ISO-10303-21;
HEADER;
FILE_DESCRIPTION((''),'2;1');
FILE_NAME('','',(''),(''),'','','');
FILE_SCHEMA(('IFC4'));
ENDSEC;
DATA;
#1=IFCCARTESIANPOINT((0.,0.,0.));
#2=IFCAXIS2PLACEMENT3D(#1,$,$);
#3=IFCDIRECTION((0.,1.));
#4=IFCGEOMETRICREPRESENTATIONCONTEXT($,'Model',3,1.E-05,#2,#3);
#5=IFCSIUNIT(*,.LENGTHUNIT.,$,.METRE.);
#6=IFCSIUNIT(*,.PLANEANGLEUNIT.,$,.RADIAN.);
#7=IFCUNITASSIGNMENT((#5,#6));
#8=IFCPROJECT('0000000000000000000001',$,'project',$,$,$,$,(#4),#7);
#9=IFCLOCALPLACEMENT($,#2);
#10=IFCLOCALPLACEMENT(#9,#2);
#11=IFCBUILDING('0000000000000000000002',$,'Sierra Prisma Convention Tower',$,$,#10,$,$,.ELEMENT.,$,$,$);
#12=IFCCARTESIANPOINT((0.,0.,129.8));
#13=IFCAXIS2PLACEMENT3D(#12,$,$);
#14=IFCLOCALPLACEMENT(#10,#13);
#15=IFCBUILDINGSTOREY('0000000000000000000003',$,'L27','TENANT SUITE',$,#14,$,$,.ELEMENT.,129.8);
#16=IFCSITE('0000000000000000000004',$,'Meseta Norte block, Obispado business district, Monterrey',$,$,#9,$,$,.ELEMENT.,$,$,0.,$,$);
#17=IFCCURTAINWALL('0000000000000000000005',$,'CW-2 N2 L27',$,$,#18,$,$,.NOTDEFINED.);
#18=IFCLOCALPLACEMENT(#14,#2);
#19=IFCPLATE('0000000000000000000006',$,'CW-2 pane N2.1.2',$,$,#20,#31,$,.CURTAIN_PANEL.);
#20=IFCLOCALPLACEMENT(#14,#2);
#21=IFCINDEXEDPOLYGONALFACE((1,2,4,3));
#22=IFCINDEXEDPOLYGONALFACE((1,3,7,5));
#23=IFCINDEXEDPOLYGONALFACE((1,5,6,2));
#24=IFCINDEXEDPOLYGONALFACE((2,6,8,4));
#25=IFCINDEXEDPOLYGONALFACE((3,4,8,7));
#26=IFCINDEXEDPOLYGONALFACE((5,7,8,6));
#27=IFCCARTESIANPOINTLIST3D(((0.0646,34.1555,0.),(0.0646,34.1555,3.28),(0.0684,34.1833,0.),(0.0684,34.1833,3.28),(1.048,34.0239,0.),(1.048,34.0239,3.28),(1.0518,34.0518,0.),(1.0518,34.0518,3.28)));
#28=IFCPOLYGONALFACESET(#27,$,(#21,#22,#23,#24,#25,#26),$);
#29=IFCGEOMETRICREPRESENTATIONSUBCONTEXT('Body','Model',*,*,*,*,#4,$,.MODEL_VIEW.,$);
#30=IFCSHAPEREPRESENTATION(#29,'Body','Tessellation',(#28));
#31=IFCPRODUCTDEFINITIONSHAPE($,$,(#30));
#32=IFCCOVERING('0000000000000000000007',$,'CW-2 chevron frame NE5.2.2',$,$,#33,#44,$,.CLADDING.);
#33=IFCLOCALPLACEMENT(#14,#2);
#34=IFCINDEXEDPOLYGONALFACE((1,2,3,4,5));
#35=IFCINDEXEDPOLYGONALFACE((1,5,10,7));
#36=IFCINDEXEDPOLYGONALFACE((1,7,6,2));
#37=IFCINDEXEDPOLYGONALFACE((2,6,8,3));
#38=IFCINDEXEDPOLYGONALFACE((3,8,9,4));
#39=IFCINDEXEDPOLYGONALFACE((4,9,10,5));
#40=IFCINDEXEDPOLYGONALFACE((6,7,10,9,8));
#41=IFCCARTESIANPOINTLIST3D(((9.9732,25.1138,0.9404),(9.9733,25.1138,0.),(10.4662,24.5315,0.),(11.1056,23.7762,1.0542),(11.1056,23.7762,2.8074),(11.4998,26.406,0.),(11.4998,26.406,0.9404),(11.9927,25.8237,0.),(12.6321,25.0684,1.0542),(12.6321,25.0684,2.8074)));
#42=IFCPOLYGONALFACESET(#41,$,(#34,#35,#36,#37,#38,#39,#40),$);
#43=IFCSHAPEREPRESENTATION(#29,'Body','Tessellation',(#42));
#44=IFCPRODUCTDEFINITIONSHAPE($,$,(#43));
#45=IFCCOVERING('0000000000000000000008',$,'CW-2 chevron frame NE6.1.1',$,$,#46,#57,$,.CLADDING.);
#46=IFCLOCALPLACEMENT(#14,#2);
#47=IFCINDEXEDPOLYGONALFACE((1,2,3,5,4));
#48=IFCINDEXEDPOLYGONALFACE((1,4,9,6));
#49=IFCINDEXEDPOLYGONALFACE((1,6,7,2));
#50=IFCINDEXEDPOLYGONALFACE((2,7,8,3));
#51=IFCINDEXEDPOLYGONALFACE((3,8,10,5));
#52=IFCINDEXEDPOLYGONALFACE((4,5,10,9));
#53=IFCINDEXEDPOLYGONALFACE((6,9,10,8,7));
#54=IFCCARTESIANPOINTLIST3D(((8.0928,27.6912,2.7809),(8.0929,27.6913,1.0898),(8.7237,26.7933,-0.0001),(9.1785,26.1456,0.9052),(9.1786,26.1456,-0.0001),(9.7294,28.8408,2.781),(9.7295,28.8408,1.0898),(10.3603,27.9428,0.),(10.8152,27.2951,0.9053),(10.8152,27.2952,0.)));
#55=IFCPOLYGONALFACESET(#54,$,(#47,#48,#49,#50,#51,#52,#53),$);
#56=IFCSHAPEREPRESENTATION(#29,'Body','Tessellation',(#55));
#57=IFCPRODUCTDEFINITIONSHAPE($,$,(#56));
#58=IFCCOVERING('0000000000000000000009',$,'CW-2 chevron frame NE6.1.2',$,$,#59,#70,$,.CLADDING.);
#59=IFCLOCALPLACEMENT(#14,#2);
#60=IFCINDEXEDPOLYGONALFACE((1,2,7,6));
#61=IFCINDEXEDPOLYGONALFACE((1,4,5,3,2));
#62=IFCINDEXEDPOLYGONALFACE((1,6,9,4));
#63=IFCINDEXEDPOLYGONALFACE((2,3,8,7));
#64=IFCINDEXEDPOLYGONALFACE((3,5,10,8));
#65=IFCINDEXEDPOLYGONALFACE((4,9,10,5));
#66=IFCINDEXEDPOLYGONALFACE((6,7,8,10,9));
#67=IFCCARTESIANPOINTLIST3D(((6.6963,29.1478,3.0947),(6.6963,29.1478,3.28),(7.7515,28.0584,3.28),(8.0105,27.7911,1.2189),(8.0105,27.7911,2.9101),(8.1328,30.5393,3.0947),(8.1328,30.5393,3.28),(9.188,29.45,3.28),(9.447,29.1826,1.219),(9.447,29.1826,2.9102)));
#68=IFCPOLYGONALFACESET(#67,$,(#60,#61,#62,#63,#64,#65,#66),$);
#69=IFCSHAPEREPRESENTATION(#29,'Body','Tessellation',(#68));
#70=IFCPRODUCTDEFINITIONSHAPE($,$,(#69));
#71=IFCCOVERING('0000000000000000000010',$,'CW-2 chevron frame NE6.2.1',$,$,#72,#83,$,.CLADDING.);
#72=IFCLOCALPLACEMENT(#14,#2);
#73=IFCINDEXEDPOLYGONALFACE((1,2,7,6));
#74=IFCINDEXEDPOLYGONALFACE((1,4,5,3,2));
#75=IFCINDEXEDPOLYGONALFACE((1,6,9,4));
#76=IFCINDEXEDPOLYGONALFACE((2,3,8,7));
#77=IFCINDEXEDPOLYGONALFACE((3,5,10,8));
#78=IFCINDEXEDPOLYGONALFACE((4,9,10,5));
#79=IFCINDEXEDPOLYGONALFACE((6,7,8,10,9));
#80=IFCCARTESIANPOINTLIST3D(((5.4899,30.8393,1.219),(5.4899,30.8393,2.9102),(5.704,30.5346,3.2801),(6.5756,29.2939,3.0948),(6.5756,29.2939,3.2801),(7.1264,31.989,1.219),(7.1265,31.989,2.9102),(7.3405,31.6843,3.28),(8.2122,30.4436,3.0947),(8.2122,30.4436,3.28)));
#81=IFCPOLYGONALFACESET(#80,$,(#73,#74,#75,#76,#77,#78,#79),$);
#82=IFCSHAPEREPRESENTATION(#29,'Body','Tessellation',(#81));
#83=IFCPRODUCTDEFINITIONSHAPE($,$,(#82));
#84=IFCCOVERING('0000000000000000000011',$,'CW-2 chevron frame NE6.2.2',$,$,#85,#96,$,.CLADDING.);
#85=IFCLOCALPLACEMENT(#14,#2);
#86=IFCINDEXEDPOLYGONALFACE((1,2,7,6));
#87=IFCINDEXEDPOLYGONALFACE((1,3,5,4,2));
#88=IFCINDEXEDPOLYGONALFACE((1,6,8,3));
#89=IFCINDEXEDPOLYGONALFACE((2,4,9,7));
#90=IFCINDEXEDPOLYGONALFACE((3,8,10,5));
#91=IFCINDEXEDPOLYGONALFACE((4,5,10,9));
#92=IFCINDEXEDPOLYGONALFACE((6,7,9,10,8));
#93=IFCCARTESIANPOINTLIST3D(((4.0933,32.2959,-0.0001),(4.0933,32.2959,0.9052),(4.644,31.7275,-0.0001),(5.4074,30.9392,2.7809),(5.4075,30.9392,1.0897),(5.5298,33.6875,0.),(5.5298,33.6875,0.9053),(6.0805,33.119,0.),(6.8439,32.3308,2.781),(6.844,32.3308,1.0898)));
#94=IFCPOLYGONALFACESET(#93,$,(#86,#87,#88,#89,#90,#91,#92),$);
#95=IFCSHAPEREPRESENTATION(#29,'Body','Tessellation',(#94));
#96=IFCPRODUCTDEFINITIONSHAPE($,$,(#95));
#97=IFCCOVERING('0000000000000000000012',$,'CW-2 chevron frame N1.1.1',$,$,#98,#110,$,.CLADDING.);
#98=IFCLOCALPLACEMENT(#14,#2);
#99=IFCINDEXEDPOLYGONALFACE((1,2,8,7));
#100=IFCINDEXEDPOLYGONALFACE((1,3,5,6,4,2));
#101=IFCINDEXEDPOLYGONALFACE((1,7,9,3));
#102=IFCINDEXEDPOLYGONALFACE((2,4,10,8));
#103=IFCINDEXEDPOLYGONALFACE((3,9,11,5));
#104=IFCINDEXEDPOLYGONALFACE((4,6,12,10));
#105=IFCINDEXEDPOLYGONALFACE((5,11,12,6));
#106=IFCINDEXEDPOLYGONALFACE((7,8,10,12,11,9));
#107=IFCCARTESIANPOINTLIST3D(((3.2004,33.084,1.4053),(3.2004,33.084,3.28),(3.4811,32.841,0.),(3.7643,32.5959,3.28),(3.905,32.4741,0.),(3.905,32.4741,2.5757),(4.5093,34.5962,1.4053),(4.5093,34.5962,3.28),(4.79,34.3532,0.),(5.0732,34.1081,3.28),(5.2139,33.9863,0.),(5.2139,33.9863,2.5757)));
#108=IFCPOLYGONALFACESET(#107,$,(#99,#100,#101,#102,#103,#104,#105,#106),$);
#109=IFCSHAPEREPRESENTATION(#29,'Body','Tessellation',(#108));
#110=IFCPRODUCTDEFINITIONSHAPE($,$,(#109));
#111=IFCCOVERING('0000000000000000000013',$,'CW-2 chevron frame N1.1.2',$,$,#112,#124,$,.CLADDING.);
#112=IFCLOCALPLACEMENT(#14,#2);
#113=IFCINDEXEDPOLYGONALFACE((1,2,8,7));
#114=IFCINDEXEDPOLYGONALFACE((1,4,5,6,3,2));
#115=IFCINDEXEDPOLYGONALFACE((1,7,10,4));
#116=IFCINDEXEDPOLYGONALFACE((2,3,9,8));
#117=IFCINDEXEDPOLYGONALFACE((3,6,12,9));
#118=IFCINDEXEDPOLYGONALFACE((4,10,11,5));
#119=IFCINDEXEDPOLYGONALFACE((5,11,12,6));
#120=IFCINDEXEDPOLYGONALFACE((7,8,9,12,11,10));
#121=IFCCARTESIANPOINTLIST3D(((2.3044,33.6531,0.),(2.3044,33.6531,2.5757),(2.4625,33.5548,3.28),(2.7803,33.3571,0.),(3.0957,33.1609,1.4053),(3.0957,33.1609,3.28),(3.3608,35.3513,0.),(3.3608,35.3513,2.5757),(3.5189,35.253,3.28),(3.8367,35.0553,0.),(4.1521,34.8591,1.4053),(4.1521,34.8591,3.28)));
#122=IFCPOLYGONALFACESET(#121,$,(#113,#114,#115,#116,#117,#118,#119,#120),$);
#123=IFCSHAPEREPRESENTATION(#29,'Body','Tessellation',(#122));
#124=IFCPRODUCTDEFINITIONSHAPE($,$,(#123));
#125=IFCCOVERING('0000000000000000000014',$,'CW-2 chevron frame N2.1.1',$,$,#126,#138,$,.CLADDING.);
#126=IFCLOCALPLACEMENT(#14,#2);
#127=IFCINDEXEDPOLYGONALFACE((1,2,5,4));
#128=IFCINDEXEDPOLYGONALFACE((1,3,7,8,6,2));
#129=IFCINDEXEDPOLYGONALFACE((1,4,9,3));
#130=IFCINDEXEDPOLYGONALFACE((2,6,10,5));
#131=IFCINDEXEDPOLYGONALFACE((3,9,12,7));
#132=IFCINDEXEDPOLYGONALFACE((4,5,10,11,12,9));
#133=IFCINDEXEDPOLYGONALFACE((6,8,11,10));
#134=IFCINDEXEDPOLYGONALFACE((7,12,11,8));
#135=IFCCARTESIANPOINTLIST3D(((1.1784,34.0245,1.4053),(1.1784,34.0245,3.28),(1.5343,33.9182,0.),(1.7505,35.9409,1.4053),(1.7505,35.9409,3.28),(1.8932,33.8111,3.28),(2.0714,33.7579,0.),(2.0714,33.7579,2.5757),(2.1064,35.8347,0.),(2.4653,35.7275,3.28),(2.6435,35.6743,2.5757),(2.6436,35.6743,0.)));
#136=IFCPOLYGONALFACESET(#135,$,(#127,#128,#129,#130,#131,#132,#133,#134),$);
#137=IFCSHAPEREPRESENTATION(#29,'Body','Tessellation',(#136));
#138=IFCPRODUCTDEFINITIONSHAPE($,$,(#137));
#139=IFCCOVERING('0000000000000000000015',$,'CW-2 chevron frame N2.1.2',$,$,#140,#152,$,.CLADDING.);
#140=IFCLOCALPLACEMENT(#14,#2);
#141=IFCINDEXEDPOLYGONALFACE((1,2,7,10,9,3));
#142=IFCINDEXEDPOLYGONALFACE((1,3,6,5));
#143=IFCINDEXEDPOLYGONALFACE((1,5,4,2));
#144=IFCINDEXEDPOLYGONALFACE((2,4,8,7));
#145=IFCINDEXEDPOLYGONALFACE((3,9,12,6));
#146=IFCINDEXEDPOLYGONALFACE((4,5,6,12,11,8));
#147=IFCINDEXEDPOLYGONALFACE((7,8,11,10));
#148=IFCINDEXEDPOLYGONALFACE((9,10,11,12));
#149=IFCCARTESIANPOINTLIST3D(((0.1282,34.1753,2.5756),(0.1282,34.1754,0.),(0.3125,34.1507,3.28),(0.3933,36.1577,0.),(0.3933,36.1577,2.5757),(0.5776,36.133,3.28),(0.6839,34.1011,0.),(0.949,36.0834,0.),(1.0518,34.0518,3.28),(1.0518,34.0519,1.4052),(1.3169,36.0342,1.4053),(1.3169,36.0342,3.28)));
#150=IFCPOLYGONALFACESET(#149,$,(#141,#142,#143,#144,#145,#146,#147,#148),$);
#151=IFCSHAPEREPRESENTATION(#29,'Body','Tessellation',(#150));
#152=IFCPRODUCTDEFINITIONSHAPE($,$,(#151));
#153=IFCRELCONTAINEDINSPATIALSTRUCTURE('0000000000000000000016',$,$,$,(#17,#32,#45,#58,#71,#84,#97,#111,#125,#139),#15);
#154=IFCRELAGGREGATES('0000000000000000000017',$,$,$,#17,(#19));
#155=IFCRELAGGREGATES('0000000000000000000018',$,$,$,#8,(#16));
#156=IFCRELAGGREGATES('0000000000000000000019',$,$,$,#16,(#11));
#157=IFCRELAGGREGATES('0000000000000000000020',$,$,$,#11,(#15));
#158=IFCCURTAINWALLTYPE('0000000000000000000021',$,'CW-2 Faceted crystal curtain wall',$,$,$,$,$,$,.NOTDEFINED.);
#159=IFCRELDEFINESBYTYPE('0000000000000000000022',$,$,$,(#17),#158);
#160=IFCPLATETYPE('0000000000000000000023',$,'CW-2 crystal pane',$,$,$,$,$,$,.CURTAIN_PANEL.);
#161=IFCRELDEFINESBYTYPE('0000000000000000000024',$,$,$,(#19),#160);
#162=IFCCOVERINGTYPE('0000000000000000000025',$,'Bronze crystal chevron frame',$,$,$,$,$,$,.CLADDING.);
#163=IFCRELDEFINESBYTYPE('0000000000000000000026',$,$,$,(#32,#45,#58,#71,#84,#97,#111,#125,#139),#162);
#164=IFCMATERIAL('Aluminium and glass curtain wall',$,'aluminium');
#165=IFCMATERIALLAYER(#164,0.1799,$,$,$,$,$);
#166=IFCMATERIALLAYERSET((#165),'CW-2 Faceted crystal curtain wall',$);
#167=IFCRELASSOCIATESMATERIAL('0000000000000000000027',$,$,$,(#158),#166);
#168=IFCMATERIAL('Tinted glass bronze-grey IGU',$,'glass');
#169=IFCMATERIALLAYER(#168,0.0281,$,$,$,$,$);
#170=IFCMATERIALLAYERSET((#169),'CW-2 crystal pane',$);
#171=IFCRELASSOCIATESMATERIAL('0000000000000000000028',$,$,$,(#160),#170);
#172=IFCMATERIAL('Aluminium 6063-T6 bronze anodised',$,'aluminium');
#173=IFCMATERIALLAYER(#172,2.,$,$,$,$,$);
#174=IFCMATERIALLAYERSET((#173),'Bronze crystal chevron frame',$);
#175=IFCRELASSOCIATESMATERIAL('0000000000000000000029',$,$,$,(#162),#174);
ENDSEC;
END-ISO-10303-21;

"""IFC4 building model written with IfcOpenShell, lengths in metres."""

from ifc_helpers import new_model, si_unit, direction, frame, origin, place, context, subcontext, project, spatial, polyline, outline, extrude, material, layer, layer_set, type_object, element, aggregate, save


model = new_model("IFC4")

# Units and contexts
model_context = context("Model", 3, precision=1e-05, world=origin(), true_north=direction((0.0, 1.0)))
body_context = subcontext(model_context, "Body", "Model", "MODEL_VIEW")
ifc_project = project(units=[si_unit("LENGTHUNIT", "METRE"), si_unit("PLANEANGLEUNIT", "RADIAN")], contexts=[model_context])

# Site, building, storey
site_placement = place(None, origin())
site = spatial("IfcSite", under=ifc_project, at=site_placement, Name="Meseta Norte block, Obispado business district, Monterrey", CompositionType="ELEMENT", RefElevation=0.0)
building_placement = place(site_placement, origin())
building = spatial("IfcBuilding", under=site, at=building_placement, Name="Sierra Prisma Convention Tower", CompositionType="ELEMENT")
storey_placement = place(building_placement, frame((0.0, 0.0, 129.8)))
storey = spatial("IfcBuildingStorey", under=building, at=storey_placement, Name="L27", Description="TENANT SUITE", CompositionType="ELEMENT", Elevation=129.8)

# Shared definitions
ifc_material_1 = material(Name="Aluminium and glass curtain wall", Category="aluminium")
ifc_layer_1 = layer(ifc_material_1, 0.1799)
ifc_layer_set_1 = layer_set([ifc_layer_1], Name="CW-2 Faceted crystal curtain wall")
curtain_wall_type = type_object("IfcCurtainWallType", Name="CW-2 Faceted crystal curtain wall", PredefinedType="NOTDEFINED", material=ifc_layer_set_1)

# Curtain wall
curtain_wall_1_placement = place(storey_placement, origin())
curtain_wall_1 = element("IfcCurtainWall", 1, at=curtain_wall_1_placement, inside=storey, type_object=curtain_wall_type, Name="CW-2 N2 L27", PredefinedType="NOTDEFINED")

# Plate
ifc_material_2 = material(Name="Tinted glass bronze-grey IGU", Category="glass")
ifc_layer_2 = layer(ifc_material_2, 0.0281)
ifc_layer_set_2 = layer_set([ifc_layer_2], Name="CW-2 crystal pane")
plate_type = type_object("IfcPlateType", Name="CW-2 crystal pane", PredefinedType="CURTAIN_PANEL", material=ifc_layer_set_2)
plate_1_placement = place(storey_placement, frame((0.0684, 34.1833, 0.0), z_axis=(0.132631, 0.991165, 0.0), x_axis=(0.991165, -0.132631, 0.0)))
plate_1 = element("IfcPlate", 2, at=plate_1_placement, type_object=plate_type, Name="CW-2 pane N2.1.2", PredefinedType="CURTAIN_PANEL", context=body_context, shape_type="SweptSolid", body=[
    extrude(outline(polyline([(0.0, 0.0), (0.9922, 0.0), (0.9922, -3.28), (0.0, -3.28), (0.0, 0.0)])), origin(), (0.0, 0.0, -1.0), 0.0281),
])
aggregate(curtain_wall_1, [plate_1])

# Coverings
ifc_material_3 = material(Name="Aluminium 6063-T6 bronze anodised", Category="aluminium")
ifc_layer_3 = layer(ifc_material_3, 2.0)
ifc_layer_set_3 = layer_set([ifc_layer_3], Name="Bronze crystal chevron frame")
covering_type = type_object("IfcCoveringType", Name="Bronze crystal chevron frame", PredefinedType="CLADDING", material=ifc_layer_set_3)
covering_1_placement = place(storey_placement, frame((11.4998, 26.406, 0.0), z_axis=(0.763252, 0.646101, 0.000005), x_axis=(-0.000004, -0.000003, 1.0)))
element("IfcCovering", 3, at=covering_1_placement, inside=storey, type_object=covering_type, Name="CW-2 chevron frame NE5.2.2", PredefinedType="CLADDING", context=body_context, shape_type="SweptSolid", body=[
    extrude(outline(polyline([(0.0, 0.0), (0.9404, 0.0), (2.8074, 1.7526), (1.0542, 1.7526), (0.0, 0.7629), (0.0, 0.0)])), origin(), (0.0, 0.0, -1.0), 2.0),
])
covering_2_placement = place(storey_placement, frame((10.8152, 27.2952, 0.0), z_axis=(0.818313, 0.574773, 0.000033), x_axis=(-0.574773, 0.818313, 0.0)))
element("IfcCovering", 4, at=covering_2_placement, inside=storey, type_object=covering_type, Name="CW-2 chevron frame NE6.1.1", PredefinedType="CLADDING", context=body_context, shape_type="SweptSolid", body=[
    extrude(outline(polyline([(0.0, 0.0), (0.7915, 0.0), (1.8889, 1.0898), (1.8889, 2.781), (0.0, 0.9053), (0.0, 0.0)])), origin(), (0.0, 0.0, -1.0), 2.0),
])
covering_3_placement = place(storey_placement, frame((9.447, 29.1826, 2.9102), z_axis=(0.718266, 0.695769, 0.000023), x_axis=(0.000017, 0.000016, -1.0)))
element("IfcCovering", 5, at=covering_3_placement, inside=storey, type_object=covering_type, Name="CW-2 chevron frame NE6.1.2", PredefinedType="CLADDING", context=body_context, shape_type="SweptSolid", body=[
    extrude(outline(polyline([(0.0, 0.0), (1.6912, 0.0), (-0.1846, 1.8888), (-0.3699, 1.8888), (-0.3699, 0.3722), (0.0, 0.0)])), origin(), (0.0, 0.0, -1.0), 2.0),
])
covering_4_placement = place(storey_placement, frame((8.2122, 30.4436, 3.28), z_axis=(0.818262, 0.574846, -0.000023), x_axis=(-0.000018, -0.000013, -1.0)))
element("IfcCovering", 6, at=covering_4_placement, inside=storey, type_object=covering_type, Name="CW-2 chevron frame NE6.2.1", PredefinedType="CLADDING", context=body_context, shape_type="SweptSolid", body=[
    extrude(outline(polyline([(0.0, 0.0), (0.1853, 0.0), (2.061, 1.8887), (0.3699, 1.8887), (0.0, 1.5163), (0.0, 0.0)])), origin(), (0.0, 0.0, -1.0), 2.0),
])
covering_5_placement = place(storey_placement, frame((5.5298, 33.6875, 0.0), z_axis=(0.718242, 0.695794, 0.000051), x_axis=(-0.000037, -0.000036, 1.0)))
element("IfcCovering", 7, at=covering_5_placement, inside=storey, type_object=covering_type, Name="CW-2 chevron frame NE6.2.2", PredefinedType="CLADDING", context=body_context, shape_type="SweptSolid", body=[
    extrude(outline(polyline([(0.0, 0.0), (0.9053, 0.0), (2.781, 1.8888), (1.0898, 1.8888), (0.0, 0.7914), (0.0, 0.0)])), origin(), (0.0, 0.0, -1.0), 2.0),
])
covering_6_placement = place(storey_placement, frame((5.2139, 33.9863, 0.0), z_axis=(0.654458, 0.756099, -0.000001), x_axis=(-0.756099, 0.654458, 0.0)))
element("IfcCovering", 8, at=covering_6_placement, inside=storey, type_object=covering_type, Name="CW-2 chevron frame N1.1.1", PredefinedType="CLADDING", context=body_context, shape_type="SweptSolid", body=[
    extrude(outline(polyline([(0.0, 0.0), (0.5606, 0.0), (0.9319, 1.4053), (0.9319, 3.28), (0.1861, 3.28), (0.0, 2.5757), (0.0, 0.0)])), origin(), (0.0, 0.0, -1.0), 2.0),
])
covering_7_placement = place(storey_placement, frame((4.1521, 34.8591, 3.28), z_axis=(0.528202, 0.849119, -0.000004), x_axis=(-0.000002, -0.000004, -1.0)))
element("IfcCovering", 9, at=covering_7_placement, inside=storey, type_object=covering_type, Name="CW-2 chevron frame N1.1.2", PredefinedType="CLADDING", context=body_context, shape_type="SweptSolid", body=[
    extrude(outline(polyline([(0.0, 0.0), (1.8748, 0.0), (3.28, 0.3714), (3.28, 0.9318), (0.7043, 0.9318), (0.0, 0.7458), (0.0, 0.0)])), origin(), (0.0, 0.0, -1.0), 2.0),
])
covering_8_placement = place(storey_placement, frame((2.6436, 35.6743, 0.0), z_axis=(0.286062, 0.958211, 0.000007), x_axis=(-0.958211, 0.286062, 0.0)))
element("IfcCovering", 10, at=covering_8_placement, inside=storey, type_object=covering_type, Name="CW-2 chevron frame N2.1.1", PredefinedType="CLADDING", context=body_context, shape_type="SweptSolid", body=[
    extrude(outline(polyline([(0.0, 0.0), (0.5605, 0.0), (0.932, 1.4053), (0.932, 3.28), (0.186, 3.28), (0.0, 2.5757), (0.0, 0.0)])), origin(), (0.0, 0.0, -1.0), 2.0),
])
covering_9_placement = place(storey_placement, frame((1.3169, 36.0342, 3.28), z_axis=(0.132549, 0.991176, 0.000018), x_axis=(0.000002, 0.000018, -1.0)))
element("IfcCovering", 11, at=covering_9_placement, inside=storey, type_object=covering_type, Name="CW-2 chevron frame N2.1.2", PredefinedType="CLADDING", context=body_context, shape_type="SweptSolid", body=[
    extrude(outline(polyline([(0.0, 0.0), (1.8748, 0.0), (3.28, 0.3712), (3.28, 0.9318), (0.7043, 0.9318), (0.0, 0.7458), (0.0, 0.0)])), origin(), (0.0, 0.0, -1.0), 2.0),
])

save(model, "model.ifc")
